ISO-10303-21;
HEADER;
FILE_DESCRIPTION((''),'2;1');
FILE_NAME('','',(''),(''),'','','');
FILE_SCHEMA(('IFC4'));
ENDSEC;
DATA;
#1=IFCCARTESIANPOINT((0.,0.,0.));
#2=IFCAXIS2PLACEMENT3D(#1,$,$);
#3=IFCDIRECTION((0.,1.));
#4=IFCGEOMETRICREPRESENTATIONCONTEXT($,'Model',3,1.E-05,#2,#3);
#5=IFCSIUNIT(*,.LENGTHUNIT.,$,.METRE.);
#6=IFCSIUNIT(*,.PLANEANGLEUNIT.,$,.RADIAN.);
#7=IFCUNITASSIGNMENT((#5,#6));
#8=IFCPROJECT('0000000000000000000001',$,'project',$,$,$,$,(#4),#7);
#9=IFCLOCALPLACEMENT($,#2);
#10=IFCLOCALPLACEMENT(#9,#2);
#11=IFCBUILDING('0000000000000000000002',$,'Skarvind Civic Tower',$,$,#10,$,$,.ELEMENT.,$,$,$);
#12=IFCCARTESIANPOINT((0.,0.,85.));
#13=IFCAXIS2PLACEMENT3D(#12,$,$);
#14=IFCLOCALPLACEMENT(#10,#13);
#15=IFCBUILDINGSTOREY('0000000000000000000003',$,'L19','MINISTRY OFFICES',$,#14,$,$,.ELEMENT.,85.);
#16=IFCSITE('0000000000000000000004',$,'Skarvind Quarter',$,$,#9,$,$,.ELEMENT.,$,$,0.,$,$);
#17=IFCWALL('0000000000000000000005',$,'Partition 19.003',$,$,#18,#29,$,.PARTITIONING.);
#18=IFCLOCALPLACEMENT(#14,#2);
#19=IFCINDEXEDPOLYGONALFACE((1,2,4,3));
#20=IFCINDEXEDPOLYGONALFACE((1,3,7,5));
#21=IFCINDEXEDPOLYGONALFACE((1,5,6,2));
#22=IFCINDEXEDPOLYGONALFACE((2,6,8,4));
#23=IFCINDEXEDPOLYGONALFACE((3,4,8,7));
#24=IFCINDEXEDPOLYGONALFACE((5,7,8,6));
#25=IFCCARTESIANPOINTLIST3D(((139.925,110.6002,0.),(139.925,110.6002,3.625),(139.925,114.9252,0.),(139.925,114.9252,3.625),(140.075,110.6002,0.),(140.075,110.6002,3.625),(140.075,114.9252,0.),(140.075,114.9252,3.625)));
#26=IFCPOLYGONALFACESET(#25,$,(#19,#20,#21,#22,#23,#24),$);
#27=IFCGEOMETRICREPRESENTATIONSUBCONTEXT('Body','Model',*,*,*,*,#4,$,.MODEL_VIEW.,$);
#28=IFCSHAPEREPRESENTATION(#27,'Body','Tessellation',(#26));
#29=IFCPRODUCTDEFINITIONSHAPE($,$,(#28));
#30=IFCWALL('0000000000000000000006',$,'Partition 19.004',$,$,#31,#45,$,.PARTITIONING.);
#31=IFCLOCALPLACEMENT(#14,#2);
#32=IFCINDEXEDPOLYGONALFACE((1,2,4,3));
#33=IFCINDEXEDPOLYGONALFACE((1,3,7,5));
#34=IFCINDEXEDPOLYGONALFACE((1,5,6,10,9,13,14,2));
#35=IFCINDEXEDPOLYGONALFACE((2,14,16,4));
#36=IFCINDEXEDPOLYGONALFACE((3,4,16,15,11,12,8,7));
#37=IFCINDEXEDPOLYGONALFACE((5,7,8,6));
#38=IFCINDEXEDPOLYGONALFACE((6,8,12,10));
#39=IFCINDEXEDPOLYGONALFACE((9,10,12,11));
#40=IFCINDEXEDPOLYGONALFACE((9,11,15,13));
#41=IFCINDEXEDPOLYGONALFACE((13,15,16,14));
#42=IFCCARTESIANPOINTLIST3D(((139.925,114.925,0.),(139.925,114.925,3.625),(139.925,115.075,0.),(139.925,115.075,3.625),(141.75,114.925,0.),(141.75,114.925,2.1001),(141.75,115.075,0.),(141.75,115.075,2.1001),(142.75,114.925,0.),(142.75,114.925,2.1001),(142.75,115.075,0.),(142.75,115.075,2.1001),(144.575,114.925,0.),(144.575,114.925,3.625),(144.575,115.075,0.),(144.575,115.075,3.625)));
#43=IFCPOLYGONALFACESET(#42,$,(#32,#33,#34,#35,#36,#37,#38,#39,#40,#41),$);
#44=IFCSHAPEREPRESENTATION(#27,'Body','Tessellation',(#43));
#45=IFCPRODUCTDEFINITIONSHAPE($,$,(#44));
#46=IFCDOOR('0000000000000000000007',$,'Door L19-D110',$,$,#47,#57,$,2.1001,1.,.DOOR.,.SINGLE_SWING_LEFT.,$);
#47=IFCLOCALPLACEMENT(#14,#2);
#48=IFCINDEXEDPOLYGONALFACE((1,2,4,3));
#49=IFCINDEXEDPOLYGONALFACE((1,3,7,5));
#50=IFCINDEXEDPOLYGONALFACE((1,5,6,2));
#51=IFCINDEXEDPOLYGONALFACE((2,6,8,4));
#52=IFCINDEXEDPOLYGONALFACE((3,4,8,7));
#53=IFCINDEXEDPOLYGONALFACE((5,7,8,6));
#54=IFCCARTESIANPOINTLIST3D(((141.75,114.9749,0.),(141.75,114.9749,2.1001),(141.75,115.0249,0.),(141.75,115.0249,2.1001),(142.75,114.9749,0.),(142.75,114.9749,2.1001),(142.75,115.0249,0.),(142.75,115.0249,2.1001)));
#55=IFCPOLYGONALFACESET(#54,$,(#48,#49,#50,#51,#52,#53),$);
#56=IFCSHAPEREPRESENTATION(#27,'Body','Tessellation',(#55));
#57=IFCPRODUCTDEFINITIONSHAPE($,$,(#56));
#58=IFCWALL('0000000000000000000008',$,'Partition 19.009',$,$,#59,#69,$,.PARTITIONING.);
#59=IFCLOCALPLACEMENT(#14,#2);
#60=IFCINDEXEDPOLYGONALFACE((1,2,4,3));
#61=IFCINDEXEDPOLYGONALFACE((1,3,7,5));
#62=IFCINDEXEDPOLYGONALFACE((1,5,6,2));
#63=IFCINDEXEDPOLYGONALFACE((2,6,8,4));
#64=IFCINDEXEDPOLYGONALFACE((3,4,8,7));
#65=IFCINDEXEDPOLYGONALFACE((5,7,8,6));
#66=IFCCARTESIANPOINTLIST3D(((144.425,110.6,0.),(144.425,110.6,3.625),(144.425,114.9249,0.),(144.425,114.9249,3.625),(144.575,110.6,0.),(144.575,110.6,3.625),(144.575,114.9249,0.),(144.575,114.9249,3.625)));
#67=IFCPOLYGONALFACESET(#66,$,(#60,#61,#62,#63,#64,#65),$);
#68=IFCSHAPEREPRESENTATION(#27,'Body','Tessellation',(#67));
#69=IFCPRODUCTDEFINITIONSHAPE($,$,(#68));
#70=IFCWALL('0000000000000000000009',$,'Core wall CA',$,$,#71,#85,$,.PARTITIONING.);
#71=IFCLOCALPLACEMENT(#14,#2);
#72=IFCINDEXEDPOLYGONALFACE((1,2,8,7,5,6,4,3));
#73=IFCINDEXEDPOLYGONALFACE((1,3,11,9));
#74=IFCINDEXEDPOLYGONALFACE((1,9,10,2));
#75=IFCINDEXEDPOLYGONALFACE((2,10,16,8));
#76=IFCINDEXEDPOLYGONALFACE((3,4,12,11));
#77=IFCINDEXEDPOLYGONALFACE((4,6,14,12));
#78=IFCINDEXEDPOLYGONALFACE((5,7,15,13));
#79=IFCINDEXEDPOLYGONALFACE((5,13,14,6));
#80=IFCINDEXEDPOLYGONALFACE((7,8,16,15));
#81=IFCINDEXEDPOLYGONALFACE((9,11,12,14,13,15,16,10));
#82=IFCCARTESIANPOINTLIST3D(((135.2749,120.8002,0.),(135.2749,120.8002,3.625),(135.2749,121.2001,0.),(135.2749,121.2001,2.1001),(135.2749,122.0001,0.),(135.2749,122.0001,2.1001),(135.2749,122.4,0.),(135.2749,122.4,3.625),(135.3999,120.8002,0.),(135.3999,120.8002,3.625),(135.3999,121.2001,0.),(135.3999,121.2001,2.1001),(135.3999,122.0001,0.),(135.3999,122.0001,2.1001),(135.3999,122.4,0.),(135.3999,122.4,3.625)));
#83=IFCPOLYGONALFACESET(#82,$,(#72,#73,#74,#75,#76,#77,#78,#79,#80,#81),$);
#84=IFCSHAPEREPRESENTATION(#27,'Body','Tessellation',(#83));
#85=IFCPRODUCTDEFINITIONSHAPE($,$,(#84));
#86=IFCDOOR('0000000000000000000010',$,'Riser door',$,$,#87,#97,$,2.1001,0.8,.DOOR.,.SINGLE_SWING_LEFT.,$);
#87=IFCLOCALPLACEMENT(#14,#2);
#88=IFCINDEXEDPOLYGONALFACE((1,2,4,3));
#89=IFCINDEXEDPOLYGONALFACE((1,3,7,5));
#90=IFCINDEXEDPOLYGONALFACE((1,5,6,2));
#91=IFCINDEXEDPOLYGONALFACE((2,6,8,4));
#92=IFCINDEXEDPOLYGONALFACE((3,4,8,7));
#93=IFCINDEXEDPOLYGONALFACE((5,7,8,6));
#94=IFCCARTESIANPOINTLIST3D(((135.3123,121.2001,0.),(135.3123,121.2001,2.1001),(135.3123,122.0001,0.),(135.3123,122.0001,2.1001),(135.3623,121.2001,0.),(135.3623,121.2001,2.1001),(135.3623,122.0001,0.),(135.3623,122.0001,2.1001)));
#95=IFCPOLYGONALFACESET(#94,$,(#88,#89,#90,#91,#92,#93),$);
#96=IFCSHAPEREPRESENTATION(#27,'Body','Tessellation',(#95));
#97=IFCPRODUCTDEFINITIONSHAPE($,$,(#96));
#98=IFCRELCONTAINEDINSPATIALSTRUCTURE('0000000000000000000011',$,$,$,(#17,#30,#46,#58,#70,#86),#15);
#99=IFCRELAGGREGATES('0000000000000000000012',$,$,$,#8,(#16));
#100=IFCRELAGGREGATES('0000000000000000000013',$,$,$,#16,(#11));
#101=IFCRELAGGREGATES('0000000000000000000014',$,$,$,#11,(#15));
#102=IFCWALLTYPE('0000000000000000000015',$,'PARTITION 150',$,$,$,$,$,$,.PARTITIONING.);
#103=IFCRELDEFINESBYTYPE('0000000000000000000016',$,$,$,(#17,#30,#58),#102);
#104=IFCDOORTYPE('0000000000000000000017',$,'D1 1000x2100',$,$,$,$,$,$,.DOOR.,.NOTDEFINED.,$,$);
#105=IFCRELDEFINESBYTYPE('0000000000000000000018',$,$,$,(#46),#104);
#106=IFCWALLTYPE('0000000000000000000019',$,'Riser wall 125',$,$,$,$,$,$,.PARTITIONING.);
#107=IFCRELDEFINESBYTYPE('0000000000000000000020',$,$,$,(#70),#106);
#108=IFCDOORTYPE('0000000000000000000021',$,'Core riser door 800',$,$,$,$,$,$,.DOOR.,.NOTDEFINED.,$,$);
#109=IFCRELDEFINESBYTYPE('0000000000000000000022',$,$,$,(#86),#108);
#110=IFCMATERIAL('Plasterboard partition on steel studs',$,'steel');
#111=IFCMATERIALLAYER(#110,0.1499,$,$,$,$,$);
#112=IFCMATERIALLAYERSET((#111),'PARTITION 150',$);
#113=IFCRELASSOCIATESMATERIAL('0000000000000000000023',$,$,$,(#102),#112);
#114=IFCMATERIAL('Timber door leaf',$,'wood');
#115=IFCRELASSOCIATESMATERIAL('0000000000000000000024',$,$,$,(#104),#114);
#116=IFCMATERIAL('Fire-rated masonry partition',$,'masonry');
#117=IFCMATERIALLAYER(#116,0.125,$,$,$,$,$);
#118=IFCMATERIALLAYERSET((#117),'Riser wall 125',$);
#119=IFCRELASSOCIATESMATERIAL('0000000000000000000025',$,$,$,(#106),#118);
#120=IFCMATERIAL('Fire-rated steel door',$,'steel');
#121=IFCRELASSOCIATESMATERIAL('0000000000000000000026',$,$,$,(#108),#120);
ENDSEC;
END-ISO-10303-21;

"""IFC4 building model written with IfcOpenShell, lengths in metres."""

from ifc_helpers import new_model, si_unit, direction, frame, frame_2d, origin, place, context, subcontext, project, spatial, rectangle, extrude, material, layer, layer_set, type_object, element, fill, save


model = new_model("IFC4")

# Units and contexts
model_context = context("Model", 3, precision=1e-05, world=origin(), true_north=direction((0.0, 1.0)))
body_context = subcontext(model_context, "Body", "Model", "MODEL_VIEW")
ifc_project = project(units=[si_unit("LENGTHUNIT", "METRE"), si_unit("PLANEANGLEUNIT", "RADIAN")], contexts=[model_context])

# Site, building, storey
site_placement = place(None, origin())
site = spatial("IfcSite", under=ifc_project, at=site_placement, Name="Skarvind Quarter", CompositionType="ELEMENT", RefElevation=0.0)
building_placement = place(site_placement, origin())
building = spatial("IfcBuilding", under=site, at=building_placement, Name="Skarvind Civic Tower", CompositionType="ELEMENT")
storey_placement = place(building_placement, frame((0.0, 0.0, 85.0)))
storey = spatial("IfcBuildingStorey", under=building, at=storey_placement, Name="L19", Description="MINISTRY OFFICES", CompositionType="ELEMENT", Elevation=85.0)

# Shared definitions
ifc_material_1 = material(Name="Timber door leaf", Category="wood")
ifc_material_2 = material(Name="Fire-rated masonry partition", Category="masonry")
ifc_material_3 = material(Name="Fire-rated steel door", Category="steel")

# Wall
ifc_material_4 = material(Name="Plasterboard partition on steel studs", Category="steel")
ifc_layer_1 = layer(ifc_material_4, 0.1499)
ifc_layer_set_1 = layer_set([ifc_layer_1], Name="PARTITION 150")
wall_type_1 = type_object("IfcWallType", Name="PARTITION 150", PredefinedType="PARTITIONING", material=ifc_layer_set_1)
wall_1_placement = place(storey_placement, frame((140.0, 110.6001, 0.0), z_axis=(0.0, 0.0, 1.0), x_axis=(0.0, 1.0, 0.0)))
element("IfcWall", 1, at=wall_1_placement, inside=storey, type_object=wall_type_1, Name="Partition 19.003", PredefinedType="PARTITIONING", context=body_context, shape_type="SweptSolid", body=[
    extrude(rectangle(XDim=4.325, YDim=0.1499, at=frame_2d((2.1626, 0.0))), origin(), (0.0, 0.0, 1.0), 3.625),
])

# Wall, opening, door
wall_2_placement = place(storey_placement, frame((139.925, 115.0, 0.0), z_axis=(0.0, 0.0, 1.0), x_axis=(1.0, 0.0, 0.0)))
wall_2 = element("IfcWall", 2, at=wall_2_placement, inside=storey, type_object=wall_type_1, Name="Partition 19.004", PredefinedType="PARTITIONING", context=body_context, shape_type="SweptSolid", body=[
    extrude(rectangle(XDim=4.6499, YDim=0.1499, at=frame_2d((2.325, 0.0))), origin(), (0.0, 0.0, 1.0), 3.625),
])
opening_1_placement = place(wall_2_placement, frame((1.825, 0.0, 0.0)))
opening_1 = element("IfcOpeningElement", 3, at=opening_1_placement, cuts=wall_2, PredefinedType="OPENING", context=body_context, shape_type="SweptSolid", body=[
    extrude(rectangle(XDim=1.0, YDim=2.1001, at=frame_2d((0.5, 1.05))), frame((0.0, 0.085, 0.0), z_axis=(0.0, -1.0, 0.0), x_axis=(1.0, 0.0, 0.0)), (0.0, 0.0, 1.0), 0.1699),
])
door_type_1 = type_object("IfcDoorType", Name="D1 1000x2100", OperationType="NOTDEFINED", PredefinedType="DOOR", material=ifc_material_1)
door_1_placement = place(opening_1_placement, origin())
door_1 = element("IfcDoor", 4, at=door_1_placement, inside=storey, type_object=door_type_1, Name="Door L19-D110", OperationType="SINGLE_SWING_LEFT", OverallHeight=2.1001, OverallWidth=1.0, PredefinedType="DOOR", context=body_context, shape_type="SweptSolid", body=[
    extrude(rectangle(XDim=1.0, YDim=2.1001, at=frame_2d((0.5, 1.05))), frame((0.0, 0.0249, 0.0), z_axis=(0.0, -1.0, 0.0), x_axis=(1.0, 0.0, 0.0)), (0.0, 0.0, 1.0), 0.05),
])
fill(opening_1, door_1)

# Wall
wall_3_placement = place(storey_placement, frame((144.5, 114.925, 0.0), z_axis=(0.0, 0.0, 1.0), x_axis=(0.0, -1.0, 0.0)))
element("IfcWall", 5, at=wall_3_placement, inside=storey, type_object=wall_type_1, Name="Partition 19.009", PredefinedType="PARTITIONING", context=body_context, shape_type="SweptSolid", body=[
    extrude(rectangle(XDim=4.325, YDim=0.1499, at=frame_2d((2.1626, 0.0))), origin(), (0.0, 0.0, 1.0), 3.625),
])

# Wall, opening, door
ifc_layer_2 = layer(ifc_material_2, 0.125)
ifc_layer_set_2 = layer_set([ifc_layer_2], Name="Riser wall 125")
wall_type_2 = type_object("IfcWallType", Name="Riser wall 125", PredefinedType="PARTITIONING", material=ifc_layer_set_2)
wall_4_placement = place(storey_placement, frame((135.3374, 122.3999, 0.0), z_axis=(0.0, 0.0, 1.0), x_axis=(0.0, -1.0, 0.0)))
wall_4 = element("IfcWall", 6, at=wall_4_placement, inside=storey, type_object=wall_type_2, Name="Core wall CA", PredefinedType="PARTITIONING", context=body_context, shape_type="SweptSolid", body=[
    extrude(rectangle(XDim=1.5999, YDim=0.125, at=frame_2d((0.7998, 0.0))), origin(), (0.0, 0.0, 1.0), 3.625),
])
opening_2_placement = place(wall_4_placement, frame((0.3999, 0.0, 0.0)))
opening_2 = element("IfcOpeningElement", 7, at=opening_2_placement, cuts=wall_4, PredefinedType="OPENING", context=body_context, shape_type="SweptSolid", body=[
    extrude(rectangle(XDim=0.8, YDim=2.1001, at=frame_2d((0.3999, 1.05))), frame((0.0, 0.0725, 0.0), z_axis=(0.0, -1.0, 0.0), x_axis=(1.0, 0.0, 0.0)), (0.0, 0.0, 1.0), 0.145),
])
door_type_2 = type_object("IfcDoorType", Name="Core riser door 800", OperationType="NOTDEFINED", PredefinedType="DOOR", material=ifc_material_3)
door_2_placement = place(opening_2_placement, origin())
door_2 = element("IfcDoor", 8, at=door_2_placement, inside=storey, type_object=door_type_2, Name="Riser door", OperationType="SINGLE_SWING_LEFT", OverallHeight=2.1001, OverallWidth=0.8, PredefinedType="DOOR", context=body_context, shape_type="SweptSolid", body=[
    extrude(rectangle(XDim=0.8, YDim=2.1001, at=frame_2d((0.3999, 1.05))), frame((0.0, 0.0249, 0.0), z_axis=(0.0, -1.0, 0.0), x_axis=(1.0, 0.0, 0.0)), (0.0, 0.0, 1.0), 0.05),
])
fill(opening_2, door_2)

save(model, "model.ifc")
